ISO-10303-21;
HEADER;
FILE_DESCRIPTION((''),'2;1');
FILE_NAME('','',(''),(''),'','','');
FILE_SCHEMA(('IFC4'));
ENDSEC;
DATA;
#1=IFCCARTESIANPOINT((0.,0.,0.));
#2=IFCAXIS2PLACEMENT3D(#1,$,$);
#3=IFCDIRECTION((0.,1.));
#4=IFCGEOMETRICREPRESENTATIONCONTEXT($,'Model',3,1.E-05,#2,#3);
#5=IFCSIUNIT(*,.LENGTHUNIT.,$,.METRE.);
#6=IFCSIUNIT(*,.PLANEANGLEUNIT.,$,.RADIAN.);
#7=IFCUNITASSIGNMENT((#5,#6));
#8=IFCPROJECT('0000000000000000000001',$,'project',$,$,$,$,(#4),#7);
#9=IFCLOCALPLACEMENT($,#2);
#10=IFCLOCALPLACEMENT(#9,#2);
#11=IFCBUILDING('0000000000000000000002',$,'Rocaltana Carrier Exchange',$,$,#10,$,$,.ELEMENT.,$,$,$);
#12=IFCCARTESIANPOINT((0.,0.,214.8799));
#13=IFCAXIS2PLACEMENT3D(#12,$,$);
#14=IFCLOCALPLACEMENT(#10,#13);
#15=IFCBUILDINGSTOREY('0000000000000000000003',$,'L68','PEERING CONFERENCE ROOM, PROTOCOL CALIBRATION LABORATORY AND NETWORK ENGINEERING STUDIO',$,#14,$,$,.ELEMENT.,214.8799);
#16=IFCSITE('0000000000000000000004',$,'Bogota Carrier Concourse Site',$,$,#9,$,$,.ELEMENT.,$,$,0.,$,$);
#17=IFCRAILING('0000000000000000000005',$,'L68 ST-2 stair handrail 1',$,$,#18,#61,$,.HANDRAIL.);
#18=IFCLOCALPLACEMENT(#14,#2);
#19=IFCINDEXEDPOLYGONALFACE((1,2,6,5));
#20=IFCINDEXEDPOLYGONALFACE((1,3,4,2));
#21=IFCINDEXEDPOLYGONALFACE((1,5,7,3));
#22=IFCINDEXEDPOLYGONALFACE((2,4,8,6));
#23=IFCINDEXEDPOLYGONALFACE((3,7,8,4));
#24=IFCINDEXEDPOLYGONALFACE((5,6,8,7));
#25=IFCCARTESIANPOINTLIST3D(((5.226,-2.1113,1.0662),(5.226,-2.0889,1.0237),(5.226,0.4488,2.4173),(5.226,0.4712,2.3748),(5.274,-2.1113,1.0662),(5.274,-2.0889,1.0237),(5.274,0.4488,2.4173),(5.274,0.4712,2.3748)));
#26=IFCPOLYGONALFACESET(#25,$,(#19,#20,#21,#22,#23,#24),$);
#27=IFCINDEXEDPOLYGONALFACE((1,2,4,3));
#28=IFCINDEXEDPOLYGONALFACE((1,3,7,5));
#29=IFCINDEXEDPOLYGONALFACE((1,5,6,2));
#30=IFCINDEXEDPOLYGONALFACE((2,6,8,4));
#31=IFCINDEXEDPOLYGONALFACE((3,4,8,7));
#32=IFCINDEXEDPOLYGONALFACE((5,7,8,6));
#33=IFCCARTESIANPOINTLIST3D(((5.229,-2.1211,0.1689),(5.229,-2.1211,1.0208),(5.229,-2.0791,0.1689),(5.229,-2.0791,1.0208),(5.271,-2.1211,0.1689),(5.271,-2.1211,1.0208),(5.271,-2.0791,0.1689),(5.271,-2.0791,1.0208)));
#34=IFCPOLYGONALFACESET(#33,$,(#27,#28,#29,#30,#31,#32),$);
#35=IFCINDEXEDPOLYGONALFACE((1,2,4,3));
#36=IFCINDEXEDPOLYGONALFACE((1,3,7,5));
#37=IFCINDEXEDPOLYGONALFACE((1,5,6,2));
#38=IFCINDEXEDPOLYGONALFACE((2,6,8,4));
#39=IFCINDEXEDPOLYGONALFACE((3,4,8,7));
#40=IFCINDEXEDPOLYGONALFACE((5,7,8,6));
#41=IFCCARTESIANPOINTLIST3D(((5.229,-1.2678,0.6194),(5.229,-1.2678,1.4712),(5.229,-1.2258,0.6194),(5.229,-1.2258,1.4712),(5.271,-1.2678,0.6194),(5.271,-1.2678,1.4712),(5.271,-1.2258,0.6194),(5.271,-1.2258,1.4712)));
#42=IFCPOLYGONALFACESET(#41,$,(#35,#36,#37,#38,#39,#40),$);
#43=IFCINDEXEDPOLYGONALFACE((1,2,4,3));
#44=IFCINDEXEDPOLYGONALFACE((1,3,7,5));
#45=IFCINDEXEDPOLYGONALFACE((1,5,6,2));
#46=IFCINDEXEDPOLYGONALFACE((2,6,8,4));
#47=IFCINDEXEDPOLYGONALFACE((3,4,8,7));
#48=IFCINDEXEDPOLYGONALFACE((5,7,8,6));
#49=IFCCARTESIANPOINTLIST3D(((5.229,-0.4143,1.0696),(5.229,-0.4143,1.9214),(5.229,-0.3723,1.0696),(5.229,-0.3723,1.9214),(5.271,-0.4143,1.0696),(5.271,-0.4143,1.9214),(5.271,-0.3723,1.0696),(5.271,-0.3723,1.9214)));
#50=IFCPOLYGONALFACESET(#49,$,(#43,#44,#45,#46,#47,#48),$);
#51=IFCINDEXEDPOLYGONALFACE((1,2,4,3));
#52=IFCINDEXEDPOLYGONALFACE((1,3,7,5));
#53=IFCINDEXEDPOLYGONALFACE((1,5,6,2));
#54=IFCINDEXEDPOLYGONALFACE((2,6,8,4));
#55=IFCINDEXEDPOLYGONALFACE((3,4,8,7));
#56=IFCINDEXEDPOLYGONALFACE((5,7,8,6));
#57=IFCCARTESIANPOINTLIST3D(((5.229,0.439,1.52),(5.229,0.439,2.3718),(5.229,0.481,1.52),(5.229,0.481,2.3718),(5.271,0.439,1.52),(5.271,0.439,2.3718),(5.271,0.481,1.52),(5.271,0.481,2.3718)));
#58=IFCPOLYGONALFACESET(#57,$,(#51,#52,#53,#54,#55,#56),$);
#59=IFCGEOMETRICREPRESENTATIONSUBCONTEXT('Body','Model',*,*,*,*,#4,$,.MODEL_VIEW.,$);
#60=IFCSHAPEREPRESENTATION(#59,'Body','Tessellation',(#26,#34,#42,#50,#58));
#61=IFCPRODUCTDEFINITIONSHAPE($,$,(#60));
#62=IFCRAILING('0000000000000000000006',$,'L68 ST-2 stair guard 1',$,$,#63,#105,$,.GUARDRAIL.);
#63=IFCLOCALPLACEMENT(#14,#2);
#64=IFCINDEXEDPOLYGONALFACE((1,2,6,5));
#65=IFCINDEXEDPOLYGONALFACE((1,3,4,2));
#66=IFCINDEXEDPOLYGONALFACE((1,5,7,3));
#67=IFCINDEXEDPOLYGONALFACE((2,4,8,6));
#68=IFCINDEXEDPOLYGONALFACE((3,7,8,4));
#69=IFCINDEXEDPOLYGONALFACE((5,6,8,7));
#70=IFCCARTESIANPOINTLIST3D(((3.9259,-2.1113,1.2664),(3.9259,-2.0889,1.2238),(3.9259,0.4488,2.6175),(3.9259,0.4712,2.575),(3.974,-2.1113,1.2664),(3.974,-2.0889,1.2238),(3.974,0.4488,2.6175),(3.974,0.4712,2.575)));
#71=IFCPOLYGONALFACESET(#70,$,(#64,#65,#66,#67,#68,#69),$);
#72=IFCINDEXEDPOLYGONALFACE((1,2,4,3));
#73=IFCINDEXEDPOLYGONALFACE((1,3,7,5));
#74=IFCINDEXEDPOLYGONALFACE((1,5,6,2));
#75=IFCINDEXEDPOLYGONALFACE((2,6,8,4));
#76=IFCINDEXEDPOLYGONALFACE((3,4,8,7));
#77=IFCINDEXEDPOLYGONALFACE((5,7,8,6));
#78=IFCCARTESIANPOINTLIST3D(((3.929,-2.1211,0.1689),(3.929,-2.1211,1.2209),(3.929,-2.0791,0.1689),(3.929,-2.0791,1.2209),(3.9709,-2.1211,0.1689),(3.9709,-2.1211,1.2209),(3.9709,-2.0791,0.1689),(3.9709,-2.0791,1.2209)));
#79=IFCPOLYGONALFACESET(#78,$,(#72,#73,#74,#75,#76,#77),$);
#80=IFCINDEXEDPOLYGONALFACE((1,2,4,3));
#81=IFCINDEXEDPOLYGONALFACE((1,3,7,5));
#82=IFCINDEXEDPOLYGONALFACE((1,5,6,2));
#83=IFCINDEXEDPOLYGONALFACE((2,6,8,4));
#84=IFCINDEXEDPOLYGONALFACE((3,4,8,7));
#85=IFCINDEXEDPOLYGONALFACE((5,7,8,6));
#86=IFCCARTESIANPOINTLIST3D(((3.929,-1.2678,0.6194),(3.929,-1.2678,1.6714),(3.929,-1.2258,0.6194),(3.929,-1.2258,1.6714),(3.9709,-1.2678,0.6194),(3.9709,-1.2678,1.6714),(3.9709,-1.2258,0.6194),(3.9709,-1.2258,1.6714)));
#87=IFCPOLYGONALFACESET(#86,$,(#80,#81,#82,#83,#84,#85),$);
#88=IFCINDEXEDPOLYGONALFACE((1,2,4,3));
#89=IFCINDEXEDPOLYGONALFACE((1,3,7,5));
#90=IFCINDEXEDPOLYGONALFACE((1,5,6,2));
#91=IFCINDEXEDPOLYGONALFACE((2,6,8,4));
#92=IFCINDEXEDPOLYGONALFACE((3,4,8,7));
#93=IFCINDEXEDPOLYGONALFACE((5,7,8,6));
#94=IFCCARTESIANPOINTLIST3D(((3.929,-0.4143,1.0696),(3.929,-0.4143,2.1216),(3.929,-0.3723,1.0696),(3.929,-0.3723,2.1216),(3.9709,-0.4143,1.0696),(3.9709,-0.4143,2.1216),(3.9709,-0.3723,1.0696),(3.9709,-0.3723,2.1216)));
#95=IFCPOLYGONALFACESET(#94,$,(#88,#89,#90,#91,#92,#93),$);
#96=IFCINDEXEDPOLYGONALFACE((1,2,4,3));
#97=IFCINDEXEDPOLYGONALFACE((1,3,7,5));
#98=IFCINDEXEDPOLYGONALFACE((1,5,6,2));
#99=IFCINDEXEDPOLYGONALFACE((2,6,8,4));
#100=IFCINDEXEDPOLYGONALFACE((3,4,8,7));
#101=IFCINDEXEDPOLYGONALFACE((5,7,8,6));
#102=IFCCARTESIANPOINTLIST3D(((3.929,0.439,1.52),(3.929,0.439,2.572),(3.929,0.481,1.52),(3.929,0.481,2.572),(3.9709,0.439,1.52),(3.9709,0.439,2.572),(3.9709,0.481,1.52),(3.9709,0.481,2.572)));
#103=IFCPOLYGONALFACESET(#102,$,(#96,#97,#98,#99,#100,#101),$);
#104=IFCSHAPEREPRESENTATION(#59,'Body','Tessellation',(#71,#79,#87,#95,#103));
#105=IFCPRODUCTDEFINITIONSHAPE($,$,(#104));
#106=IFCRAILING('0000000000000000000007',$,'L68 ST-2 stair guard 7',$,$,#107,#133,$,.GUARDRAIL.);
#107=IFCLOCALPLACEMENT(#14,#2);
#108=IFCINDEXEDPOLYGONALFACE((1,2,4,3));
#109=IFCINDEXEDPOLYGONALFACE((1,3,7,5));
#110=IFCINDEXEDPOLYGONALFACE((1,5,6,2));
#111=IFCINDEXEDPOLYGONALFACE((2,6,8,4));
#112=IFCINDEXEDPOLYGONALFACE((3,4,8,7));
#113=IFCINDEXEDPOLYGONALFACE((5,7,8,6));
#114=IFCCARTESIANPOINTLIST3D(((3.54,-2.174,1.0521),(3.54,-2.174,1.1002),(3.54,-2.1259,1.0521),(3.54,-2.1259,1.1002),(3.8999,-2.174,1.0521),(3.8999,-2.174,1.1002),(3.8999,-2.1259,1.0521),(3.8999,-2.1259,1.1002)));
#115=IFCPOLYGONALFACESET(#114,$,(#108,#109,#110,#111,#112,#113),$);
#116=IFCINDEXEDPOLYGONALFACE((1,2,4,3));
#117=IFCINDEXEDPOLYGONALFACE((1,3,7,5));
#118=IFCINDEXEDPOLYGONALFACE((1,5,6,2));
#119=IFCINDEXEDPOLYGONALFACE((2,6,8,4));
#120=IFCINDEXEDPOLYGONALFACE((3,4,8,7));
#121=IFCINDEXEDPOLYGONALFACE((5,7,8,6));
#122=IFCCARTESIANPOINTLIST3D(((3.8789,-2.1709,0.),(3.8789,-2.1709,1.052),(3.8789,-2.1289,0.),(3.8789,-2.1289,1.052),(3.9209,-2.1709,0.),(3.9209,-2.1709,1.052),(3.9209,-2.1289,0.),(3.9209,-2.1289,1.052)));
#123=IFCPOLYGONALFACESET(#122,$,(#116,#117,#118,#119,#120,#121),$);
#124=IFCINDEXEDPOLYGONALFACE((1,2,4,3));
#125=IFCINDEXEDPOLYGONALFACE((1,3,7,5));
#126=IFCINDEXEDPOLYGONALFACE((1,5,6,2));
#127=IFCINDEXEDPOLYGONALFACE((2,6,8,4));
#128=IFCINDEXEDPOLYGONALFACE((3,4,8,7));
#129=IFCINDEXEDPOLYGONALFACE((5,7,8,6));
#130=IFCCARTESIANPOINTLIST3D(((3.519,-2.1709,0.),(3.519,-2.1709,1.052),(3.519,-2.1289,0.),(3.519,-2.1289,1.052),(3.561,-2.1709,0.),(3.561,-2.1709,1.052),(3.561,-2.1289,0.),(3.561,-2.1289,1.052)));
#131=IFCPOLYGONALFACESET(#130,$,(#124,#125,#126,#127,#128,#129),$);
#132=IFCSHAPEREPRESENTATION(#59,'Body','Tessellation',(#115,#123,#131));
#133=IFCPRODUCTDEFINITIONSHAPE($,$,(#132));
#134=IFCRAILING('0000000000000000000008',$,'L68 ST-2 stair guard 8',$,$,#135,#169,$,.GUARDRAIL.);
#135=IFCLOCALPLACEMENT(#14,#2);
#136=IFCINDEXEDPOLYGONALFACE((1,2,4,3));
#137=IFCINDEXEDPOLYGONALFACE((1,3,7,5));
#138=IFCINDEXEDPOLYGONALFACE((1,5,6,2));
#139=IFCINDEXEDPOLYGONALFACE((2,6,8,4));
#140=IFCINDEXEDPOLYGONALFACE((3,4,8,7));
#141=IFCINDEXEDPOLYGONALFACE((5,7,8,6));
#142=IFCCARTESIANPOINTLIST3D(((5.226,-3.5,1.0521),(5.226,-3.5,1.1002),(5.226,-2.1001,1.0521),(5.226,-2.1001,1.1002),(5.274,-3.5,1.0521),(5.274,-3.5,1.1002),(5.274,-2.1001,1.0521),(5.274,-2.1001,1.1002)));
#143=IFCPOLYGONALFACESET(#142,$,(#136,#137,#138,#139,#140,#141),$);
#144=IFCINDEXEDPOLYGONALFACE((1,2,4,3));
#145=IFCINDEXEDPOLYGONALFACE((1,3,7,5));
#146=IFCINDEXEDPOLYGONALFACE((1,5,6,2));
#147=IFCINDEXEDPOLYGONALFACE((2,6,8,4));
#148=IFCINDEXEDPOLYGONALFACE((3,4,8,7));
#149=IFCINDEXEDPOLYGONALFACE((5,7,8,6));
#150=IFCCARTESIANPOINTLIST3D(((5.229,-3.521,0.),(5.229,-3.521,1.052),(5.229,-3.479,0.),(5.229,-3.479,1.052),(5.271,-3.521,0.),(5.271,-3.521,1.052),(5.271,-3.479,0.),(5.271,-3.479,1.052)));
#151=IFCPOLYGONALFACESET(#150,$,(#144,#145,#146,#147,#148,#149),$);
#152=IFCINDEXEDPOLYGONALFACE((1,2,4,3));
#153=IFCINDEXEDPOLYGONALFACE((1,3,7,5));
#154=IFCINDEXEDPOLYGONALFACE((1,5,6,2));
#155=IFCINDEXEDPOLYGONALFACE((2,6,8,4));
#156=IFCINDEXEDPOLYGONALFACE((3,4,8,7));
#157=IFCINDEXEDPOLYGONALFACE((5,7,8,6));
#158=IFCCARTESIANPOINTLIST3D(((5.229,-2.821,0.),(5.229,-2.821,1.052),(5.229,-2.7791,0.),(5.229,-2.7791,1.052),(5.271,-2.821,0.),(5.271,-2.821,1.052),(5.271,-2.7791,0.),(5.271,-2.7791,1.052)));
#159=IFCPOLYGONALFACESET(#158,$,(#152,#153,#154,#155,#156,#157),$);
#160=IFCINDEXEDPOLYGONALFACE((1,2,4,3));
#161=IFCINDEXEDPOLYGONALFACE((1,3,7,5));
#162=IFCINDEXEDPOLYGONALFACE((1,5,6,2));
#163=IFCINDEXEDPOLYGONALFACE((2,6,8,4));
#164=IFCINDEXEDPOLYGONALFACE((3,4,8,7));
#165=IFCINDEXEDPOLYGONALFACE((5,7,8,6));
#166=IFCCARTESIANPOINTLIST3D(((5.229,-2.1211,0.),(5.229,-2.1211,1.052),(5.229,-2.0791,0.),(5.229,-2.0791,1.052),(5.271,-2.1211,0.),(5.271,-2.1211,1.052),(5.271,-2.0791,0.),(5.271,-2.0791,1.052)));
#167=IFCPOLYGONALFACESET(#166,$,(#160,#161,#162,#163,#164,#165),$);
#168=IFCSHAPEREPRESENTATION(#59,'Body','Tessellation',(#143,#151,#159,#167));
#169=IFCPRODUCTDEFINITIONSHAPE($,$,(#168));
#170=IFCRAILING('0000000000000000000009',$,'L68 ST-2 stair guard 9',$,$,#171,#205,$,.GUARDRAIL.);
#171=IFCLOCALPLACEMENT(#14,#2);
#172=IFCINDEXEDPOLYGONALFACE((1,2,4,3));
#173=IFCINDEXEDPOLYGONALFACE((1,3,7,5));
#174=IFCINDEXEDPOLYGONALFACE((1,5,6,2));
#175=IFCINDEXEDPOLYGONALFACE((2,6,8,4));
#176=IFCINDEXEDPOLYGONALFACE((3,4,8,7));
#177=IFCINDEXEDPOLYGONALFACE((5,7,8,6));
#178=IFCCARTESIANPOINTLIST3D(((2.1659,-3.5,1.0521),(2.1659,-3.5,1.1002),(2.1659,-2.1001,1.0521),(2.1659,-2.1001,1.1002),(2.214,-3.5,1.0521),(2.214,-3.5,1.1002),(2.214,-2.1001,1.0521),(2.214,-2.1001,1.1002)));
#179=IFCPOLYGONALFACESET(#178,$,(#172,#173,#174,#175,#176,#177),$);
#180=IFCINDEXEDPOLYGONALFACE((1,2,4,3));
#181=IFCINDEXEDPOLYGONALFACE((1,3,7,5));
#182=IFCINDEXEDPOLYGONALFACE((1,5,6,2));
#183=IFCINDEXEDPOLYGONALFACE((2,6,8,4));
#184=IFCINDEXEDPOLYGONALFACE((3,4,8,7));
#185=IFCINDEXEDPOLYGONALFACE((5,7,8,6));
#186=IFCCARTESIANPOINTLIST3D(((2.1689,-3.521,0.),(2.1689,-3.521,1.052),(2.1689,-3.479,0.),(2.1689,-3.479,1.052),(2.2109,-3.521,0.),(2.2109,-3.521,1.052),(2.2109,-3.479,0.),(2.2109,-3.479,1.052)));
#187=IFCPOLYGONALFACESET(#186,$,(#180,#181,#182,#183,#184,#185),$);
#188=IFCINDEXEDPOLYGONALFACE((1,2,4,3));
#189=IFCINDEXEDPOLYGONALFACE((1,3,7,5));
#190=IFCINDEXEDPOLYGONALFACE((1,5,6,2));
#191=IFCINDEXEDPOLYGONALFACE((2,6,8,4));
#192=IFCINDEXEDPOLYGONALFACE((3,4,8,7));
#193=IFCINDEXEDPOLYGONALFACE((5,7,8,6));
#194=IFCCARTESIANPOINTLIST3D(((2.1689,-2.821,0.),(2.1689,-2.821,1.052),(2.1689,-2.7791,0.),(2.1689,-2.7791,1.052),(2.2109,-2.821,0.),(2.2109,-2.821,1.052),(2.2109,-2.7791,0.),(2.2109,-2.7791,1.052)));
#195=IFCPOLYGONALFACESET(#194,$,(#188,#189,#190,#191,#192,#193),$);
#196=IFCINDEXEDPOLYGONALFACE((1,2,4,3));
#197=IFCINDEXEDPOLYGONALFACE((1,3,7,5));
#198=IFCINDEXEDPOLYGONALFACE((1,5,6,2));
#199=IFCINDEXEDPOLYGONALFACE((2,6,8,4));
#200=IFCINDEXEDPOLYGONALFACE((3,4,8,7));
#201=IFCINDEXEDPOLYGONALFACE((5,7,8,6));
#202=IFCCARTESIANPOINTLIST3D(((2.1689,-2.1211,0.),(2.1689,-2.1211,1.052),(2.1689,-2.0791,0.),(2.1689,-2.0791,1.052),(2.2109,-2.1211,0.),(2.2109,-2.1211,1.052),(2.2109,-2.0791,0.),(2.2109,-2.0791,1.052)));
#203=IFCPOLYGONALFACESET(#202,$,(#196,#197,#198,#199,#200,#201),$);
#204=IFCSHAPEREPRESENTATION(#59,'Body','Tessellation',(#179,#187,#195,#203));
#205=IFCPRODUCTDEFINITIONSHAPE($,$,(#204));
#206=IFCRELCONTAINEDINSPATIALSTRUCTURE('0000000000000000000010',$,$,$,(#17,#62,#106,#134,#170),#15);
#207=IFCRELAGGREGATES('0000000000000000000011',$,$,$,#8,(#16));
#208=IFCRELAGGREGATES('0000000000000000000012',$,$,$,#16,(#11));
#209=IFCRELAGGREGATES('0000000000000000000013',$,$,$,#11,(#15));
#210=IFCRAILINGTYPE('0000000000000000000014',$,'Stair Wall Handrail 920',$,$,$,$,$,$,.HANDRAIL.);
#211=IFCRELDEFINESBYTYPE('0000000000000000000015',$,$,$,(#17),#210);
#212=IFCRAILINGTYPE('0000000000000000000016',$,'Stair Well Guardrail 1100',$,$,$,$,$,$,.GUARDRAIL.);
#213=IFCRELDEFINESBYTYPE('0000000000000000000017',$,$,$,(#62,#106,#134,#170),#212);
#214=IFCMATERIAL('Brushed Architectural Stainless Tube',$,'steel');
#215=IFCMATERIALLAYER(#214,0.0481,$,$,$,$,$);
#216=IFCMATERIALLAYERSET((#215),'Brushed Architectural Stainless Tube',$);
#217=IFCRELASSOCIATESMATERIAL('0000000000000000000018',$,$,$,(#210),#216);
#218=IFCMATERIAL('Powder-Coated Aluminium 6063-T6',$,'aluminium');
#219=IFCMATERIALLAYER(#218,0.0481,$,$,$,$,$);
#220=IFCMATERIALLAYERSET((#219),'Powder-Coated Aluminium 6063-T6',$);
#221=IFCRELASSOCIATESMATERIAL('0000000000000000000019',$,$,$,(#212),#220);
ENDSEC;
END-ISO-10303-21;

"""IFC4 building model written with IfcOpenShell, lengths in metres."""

from ifc_helpers import new_model, si_unit, direction, frame, origin, origin_2d, place, context, subcontext, project, spatial, rectangle, extrude, material, layer, layer_set, type_object, element, save


model = new_model("IFC4")

# Units and contexts
model_context = context("Model", 3, precision=1e-05, world=origin(), true_north=direction((0.0, 1.0)))
body_context = subcontext(model_context, "Body", "Model", "MODEL_VIEW")
ifc_project = project(units=[si_unit("LENGTHUNIT", "METRE"), si_unit("PLANEANGLEUNIT", "RADIAN")], contexts=[model_context])

# Site, building, storey
site_placement = place(None, origin())
site = spatial("IfcSite", under=ifc_project, at=site_placement, Name="Bogota Carrier Concourse Site", CompositionType="ELEMENT", RefElevation=0.0)
building_placement = place(site_placement, origin())
building = spatial("IfcBuilding", under=site, at=building_placement, Name="Rocaltana Carrier Exchange", CompositionType="ELEMENT")
storey_placement = place(building_placement, frame((0.0, 0.0, 214.8799)))
storey = spatial("IfcBuildingStorey", under=building, at=storey_placement, Name="L68", Description="PEERING CONFERENCE ROOM, PROTOCOL CALIBRATION LABORATORY AND NETWORK ENGINEERING STUDIO", CompositionType="ELEMENT", Elevation=214.8799)

# Railings
ifc_material_1 = material(Name="Brushed Architectural Stainless Tube", Category="steel")
ifc_layer_1 = layer(ifc_material_1, 0.0481)
ifc_layer_set_1 = layer_set([ifc_layer_1], Name="Brushed Architectural Stainless Tube")
railing_type_1 = type_object("IfcRailingType", Name="Stair Wall Handrail 920", PredefinedType="HANDRAIL", material=ifc_layer_set_1)
railing_1_placement = place(storey_placement, frame((5.25, -2.1001, 0.1689)))
element("IfcRailing", 1, at=railing_1_placement, inside=storey, type_object=railing_type_1, Name="L68 ST-2 stair handrail 1", PredefinedType="HANDRAIL", context=body_context, shape_type="SweptSolid", body=[
    extrude(rectangle(XDim=0.0481, YDim=0.0481, at=origin_2d()), frame((0.0, 0.0, 0.876), z_axis=(0.0, 0.884394, 0.46674), x_axis=(-1.0, 0.0, 0.0)), (0.0, 0.0, 1.0), 2.8948),
    extrude(rectangle(XDim=0.042, YDim=0.042, at=origin_2d()), origin(), (0.0, 0.0, 1.0), 0.8518),
    extrude(rectangle(XDim=0.042, YDim=0.042, at=origin_2d()), frame((0.0, 0.8533, 0.4504)), (0.0, 0.0, 1.0), 0.8518),
    extrude(rectangle(XDim=0.042, YDim=0.042, at=origin_2d()), frame((0.0, 1.7068, 0.9006)), (0.0, 0.0, 1.0), 0.8518),
    extrude(rectangle(XDim=0.042, YDim=0.042, at=origin_2d()), frame((0.0, 2.5601, 1.3511)), (0.0, 0.0, 1.0), 0.8518),
])
ifc_material_2 = material(Name="Powder-Coated Aluminium 6063-T6", Category="aluminium")
ifc_layer_2 = layer(ifc_material_2, 0.0481)
ifc_layer_set_2 = layer_set([ifc_layer_2], Name="Powder-Coated Aluminium 6063-T6")
railing_type_2 = type_object("IfcRailingType", Name="Stair Well Guardrail 1100", PredefinedType="GUARDRAIL", material=ifc_layer_set_2)
railing_2_placement = place(storey_placement, frame((3.95, -2.1001, 0.1689)))
element("IfcRailing", 2, at=railing_2_placement, inside=storey, type_object=railing_type_2, Name="L68 ST-2 stair guard 1", PredefinedType="GUARDRAIL", context=body_context, shape_type="SweptSolid", body=[
    extrude(rectangle(XDim=0.0481, YDim=0.0481, at=origin_2d()), frame((0.0, 0.0, 1.0762), z_axis=(0.0, 0.884394, 0.46674), x_axis=(-1.0, 0.0, 0.0)), (0.0, 0.0, 1.0), 2.8948),
    extrude(rectangle(XDim=0.042, YDim=0.042, at=origin_2d()), origin(), (0.0, 0.0, 1.0), 1.052),
    extrude(rectangle(XDim=0.042, YDim=0.042, at=origin_2d()), frame((0.0, 0.8533, 0.4504)), (0.0, 0.0, 1.0), 1.052),
    extrude(rectangle(XDim=0.042, YDim=0.042, at=origin_2d()), frame((0.0, 1.7068, 0.9006)), (0.0, 0.0, 1.0), 1.052),
    extrude(rectangle(XDim=0.042, YDim=0.042, at=origin_2d()), frame((0.0, 2.5601, 1.3511)), (0.0, 0.0, 1.0), 1.052),
])
railing_3_placement = place(storey_placement, frame((3.8999, -2.1499, 0.0)))
element("IfcRailing", 3, at=railing_3_placement, inside=storey, type_object=railing_type_2, Name="L68 ST-2 stair guard 7", PredefinedType="GUARDRAIL", context=body_context, shape_type="SweptSolid", body=[
    extrude(rectangle(XDim=0.0481, YDim=0.0481, at=origin_2d()), frame((0.0, 0.0, 1.0762), z_axis=(-1.0, 0.0, 0.0), x_axis=(0.0, -1.0, 0.0)), (0.0, 0.0, 1.0), 0.3599),
    extrude(rectangle(XDim=0.042, YDim=0.042, at=origin_2d()), origin(), (0.0, 0.0, 1.0), 1.052),
    extrude(rectangle(XDim=0.042, YDim=0.042, at=origin_2d()), frame((-0.3599, 0.0, 0.0)), (0.0, 0.0, 1.0), 1.052),
])
for number, where, name in (
    (4, (5.25, -3.5, 0.0), "L68 ST-2 stair guard 8"),
    (5, (2.1899, -3.5, 0.0), "L68 ST-2 stair guard 9"),
):
    element("IfcRailing", number, at=place(storey_placement, frame(where)), inside=storey, type_object=railing_type_2, Name=name, PredefinedType="GUARDRAIL", context=body_context, shape_type="SweptSolid", body=[
        extrude(rectangle(XDim=0.0481, YDim=0.0481, at=origin_2d()), frame((0.0, 0.0, 1.0762), z_axis=(0.0, 1.0, 0.0), x_axis=(-1.0, 0.0, 0.0)), (0.0, 0.0, 1.0), 1.3999),
        extrude(rectangle(XDim=0.042, YDim=0.042, at=origin_2d()), origin(), (0.0, 0.0, 1.0), 1.052),
        extrude(rectangle(XDim=0.042, YDim=0.042, at=origin_2d()), frame((0.0, 0.7, 0.0)), (0.0, 0.0, 1.0), 1.052),
        extrude(rectangle(XDim=0.042, YDim=0.042, at=origin_2d()), frame((0.0, 1.3999, 0.0)), (0.0, 0.0, 1.0), 1.052),
    ])

save(model, "model.ifc")
